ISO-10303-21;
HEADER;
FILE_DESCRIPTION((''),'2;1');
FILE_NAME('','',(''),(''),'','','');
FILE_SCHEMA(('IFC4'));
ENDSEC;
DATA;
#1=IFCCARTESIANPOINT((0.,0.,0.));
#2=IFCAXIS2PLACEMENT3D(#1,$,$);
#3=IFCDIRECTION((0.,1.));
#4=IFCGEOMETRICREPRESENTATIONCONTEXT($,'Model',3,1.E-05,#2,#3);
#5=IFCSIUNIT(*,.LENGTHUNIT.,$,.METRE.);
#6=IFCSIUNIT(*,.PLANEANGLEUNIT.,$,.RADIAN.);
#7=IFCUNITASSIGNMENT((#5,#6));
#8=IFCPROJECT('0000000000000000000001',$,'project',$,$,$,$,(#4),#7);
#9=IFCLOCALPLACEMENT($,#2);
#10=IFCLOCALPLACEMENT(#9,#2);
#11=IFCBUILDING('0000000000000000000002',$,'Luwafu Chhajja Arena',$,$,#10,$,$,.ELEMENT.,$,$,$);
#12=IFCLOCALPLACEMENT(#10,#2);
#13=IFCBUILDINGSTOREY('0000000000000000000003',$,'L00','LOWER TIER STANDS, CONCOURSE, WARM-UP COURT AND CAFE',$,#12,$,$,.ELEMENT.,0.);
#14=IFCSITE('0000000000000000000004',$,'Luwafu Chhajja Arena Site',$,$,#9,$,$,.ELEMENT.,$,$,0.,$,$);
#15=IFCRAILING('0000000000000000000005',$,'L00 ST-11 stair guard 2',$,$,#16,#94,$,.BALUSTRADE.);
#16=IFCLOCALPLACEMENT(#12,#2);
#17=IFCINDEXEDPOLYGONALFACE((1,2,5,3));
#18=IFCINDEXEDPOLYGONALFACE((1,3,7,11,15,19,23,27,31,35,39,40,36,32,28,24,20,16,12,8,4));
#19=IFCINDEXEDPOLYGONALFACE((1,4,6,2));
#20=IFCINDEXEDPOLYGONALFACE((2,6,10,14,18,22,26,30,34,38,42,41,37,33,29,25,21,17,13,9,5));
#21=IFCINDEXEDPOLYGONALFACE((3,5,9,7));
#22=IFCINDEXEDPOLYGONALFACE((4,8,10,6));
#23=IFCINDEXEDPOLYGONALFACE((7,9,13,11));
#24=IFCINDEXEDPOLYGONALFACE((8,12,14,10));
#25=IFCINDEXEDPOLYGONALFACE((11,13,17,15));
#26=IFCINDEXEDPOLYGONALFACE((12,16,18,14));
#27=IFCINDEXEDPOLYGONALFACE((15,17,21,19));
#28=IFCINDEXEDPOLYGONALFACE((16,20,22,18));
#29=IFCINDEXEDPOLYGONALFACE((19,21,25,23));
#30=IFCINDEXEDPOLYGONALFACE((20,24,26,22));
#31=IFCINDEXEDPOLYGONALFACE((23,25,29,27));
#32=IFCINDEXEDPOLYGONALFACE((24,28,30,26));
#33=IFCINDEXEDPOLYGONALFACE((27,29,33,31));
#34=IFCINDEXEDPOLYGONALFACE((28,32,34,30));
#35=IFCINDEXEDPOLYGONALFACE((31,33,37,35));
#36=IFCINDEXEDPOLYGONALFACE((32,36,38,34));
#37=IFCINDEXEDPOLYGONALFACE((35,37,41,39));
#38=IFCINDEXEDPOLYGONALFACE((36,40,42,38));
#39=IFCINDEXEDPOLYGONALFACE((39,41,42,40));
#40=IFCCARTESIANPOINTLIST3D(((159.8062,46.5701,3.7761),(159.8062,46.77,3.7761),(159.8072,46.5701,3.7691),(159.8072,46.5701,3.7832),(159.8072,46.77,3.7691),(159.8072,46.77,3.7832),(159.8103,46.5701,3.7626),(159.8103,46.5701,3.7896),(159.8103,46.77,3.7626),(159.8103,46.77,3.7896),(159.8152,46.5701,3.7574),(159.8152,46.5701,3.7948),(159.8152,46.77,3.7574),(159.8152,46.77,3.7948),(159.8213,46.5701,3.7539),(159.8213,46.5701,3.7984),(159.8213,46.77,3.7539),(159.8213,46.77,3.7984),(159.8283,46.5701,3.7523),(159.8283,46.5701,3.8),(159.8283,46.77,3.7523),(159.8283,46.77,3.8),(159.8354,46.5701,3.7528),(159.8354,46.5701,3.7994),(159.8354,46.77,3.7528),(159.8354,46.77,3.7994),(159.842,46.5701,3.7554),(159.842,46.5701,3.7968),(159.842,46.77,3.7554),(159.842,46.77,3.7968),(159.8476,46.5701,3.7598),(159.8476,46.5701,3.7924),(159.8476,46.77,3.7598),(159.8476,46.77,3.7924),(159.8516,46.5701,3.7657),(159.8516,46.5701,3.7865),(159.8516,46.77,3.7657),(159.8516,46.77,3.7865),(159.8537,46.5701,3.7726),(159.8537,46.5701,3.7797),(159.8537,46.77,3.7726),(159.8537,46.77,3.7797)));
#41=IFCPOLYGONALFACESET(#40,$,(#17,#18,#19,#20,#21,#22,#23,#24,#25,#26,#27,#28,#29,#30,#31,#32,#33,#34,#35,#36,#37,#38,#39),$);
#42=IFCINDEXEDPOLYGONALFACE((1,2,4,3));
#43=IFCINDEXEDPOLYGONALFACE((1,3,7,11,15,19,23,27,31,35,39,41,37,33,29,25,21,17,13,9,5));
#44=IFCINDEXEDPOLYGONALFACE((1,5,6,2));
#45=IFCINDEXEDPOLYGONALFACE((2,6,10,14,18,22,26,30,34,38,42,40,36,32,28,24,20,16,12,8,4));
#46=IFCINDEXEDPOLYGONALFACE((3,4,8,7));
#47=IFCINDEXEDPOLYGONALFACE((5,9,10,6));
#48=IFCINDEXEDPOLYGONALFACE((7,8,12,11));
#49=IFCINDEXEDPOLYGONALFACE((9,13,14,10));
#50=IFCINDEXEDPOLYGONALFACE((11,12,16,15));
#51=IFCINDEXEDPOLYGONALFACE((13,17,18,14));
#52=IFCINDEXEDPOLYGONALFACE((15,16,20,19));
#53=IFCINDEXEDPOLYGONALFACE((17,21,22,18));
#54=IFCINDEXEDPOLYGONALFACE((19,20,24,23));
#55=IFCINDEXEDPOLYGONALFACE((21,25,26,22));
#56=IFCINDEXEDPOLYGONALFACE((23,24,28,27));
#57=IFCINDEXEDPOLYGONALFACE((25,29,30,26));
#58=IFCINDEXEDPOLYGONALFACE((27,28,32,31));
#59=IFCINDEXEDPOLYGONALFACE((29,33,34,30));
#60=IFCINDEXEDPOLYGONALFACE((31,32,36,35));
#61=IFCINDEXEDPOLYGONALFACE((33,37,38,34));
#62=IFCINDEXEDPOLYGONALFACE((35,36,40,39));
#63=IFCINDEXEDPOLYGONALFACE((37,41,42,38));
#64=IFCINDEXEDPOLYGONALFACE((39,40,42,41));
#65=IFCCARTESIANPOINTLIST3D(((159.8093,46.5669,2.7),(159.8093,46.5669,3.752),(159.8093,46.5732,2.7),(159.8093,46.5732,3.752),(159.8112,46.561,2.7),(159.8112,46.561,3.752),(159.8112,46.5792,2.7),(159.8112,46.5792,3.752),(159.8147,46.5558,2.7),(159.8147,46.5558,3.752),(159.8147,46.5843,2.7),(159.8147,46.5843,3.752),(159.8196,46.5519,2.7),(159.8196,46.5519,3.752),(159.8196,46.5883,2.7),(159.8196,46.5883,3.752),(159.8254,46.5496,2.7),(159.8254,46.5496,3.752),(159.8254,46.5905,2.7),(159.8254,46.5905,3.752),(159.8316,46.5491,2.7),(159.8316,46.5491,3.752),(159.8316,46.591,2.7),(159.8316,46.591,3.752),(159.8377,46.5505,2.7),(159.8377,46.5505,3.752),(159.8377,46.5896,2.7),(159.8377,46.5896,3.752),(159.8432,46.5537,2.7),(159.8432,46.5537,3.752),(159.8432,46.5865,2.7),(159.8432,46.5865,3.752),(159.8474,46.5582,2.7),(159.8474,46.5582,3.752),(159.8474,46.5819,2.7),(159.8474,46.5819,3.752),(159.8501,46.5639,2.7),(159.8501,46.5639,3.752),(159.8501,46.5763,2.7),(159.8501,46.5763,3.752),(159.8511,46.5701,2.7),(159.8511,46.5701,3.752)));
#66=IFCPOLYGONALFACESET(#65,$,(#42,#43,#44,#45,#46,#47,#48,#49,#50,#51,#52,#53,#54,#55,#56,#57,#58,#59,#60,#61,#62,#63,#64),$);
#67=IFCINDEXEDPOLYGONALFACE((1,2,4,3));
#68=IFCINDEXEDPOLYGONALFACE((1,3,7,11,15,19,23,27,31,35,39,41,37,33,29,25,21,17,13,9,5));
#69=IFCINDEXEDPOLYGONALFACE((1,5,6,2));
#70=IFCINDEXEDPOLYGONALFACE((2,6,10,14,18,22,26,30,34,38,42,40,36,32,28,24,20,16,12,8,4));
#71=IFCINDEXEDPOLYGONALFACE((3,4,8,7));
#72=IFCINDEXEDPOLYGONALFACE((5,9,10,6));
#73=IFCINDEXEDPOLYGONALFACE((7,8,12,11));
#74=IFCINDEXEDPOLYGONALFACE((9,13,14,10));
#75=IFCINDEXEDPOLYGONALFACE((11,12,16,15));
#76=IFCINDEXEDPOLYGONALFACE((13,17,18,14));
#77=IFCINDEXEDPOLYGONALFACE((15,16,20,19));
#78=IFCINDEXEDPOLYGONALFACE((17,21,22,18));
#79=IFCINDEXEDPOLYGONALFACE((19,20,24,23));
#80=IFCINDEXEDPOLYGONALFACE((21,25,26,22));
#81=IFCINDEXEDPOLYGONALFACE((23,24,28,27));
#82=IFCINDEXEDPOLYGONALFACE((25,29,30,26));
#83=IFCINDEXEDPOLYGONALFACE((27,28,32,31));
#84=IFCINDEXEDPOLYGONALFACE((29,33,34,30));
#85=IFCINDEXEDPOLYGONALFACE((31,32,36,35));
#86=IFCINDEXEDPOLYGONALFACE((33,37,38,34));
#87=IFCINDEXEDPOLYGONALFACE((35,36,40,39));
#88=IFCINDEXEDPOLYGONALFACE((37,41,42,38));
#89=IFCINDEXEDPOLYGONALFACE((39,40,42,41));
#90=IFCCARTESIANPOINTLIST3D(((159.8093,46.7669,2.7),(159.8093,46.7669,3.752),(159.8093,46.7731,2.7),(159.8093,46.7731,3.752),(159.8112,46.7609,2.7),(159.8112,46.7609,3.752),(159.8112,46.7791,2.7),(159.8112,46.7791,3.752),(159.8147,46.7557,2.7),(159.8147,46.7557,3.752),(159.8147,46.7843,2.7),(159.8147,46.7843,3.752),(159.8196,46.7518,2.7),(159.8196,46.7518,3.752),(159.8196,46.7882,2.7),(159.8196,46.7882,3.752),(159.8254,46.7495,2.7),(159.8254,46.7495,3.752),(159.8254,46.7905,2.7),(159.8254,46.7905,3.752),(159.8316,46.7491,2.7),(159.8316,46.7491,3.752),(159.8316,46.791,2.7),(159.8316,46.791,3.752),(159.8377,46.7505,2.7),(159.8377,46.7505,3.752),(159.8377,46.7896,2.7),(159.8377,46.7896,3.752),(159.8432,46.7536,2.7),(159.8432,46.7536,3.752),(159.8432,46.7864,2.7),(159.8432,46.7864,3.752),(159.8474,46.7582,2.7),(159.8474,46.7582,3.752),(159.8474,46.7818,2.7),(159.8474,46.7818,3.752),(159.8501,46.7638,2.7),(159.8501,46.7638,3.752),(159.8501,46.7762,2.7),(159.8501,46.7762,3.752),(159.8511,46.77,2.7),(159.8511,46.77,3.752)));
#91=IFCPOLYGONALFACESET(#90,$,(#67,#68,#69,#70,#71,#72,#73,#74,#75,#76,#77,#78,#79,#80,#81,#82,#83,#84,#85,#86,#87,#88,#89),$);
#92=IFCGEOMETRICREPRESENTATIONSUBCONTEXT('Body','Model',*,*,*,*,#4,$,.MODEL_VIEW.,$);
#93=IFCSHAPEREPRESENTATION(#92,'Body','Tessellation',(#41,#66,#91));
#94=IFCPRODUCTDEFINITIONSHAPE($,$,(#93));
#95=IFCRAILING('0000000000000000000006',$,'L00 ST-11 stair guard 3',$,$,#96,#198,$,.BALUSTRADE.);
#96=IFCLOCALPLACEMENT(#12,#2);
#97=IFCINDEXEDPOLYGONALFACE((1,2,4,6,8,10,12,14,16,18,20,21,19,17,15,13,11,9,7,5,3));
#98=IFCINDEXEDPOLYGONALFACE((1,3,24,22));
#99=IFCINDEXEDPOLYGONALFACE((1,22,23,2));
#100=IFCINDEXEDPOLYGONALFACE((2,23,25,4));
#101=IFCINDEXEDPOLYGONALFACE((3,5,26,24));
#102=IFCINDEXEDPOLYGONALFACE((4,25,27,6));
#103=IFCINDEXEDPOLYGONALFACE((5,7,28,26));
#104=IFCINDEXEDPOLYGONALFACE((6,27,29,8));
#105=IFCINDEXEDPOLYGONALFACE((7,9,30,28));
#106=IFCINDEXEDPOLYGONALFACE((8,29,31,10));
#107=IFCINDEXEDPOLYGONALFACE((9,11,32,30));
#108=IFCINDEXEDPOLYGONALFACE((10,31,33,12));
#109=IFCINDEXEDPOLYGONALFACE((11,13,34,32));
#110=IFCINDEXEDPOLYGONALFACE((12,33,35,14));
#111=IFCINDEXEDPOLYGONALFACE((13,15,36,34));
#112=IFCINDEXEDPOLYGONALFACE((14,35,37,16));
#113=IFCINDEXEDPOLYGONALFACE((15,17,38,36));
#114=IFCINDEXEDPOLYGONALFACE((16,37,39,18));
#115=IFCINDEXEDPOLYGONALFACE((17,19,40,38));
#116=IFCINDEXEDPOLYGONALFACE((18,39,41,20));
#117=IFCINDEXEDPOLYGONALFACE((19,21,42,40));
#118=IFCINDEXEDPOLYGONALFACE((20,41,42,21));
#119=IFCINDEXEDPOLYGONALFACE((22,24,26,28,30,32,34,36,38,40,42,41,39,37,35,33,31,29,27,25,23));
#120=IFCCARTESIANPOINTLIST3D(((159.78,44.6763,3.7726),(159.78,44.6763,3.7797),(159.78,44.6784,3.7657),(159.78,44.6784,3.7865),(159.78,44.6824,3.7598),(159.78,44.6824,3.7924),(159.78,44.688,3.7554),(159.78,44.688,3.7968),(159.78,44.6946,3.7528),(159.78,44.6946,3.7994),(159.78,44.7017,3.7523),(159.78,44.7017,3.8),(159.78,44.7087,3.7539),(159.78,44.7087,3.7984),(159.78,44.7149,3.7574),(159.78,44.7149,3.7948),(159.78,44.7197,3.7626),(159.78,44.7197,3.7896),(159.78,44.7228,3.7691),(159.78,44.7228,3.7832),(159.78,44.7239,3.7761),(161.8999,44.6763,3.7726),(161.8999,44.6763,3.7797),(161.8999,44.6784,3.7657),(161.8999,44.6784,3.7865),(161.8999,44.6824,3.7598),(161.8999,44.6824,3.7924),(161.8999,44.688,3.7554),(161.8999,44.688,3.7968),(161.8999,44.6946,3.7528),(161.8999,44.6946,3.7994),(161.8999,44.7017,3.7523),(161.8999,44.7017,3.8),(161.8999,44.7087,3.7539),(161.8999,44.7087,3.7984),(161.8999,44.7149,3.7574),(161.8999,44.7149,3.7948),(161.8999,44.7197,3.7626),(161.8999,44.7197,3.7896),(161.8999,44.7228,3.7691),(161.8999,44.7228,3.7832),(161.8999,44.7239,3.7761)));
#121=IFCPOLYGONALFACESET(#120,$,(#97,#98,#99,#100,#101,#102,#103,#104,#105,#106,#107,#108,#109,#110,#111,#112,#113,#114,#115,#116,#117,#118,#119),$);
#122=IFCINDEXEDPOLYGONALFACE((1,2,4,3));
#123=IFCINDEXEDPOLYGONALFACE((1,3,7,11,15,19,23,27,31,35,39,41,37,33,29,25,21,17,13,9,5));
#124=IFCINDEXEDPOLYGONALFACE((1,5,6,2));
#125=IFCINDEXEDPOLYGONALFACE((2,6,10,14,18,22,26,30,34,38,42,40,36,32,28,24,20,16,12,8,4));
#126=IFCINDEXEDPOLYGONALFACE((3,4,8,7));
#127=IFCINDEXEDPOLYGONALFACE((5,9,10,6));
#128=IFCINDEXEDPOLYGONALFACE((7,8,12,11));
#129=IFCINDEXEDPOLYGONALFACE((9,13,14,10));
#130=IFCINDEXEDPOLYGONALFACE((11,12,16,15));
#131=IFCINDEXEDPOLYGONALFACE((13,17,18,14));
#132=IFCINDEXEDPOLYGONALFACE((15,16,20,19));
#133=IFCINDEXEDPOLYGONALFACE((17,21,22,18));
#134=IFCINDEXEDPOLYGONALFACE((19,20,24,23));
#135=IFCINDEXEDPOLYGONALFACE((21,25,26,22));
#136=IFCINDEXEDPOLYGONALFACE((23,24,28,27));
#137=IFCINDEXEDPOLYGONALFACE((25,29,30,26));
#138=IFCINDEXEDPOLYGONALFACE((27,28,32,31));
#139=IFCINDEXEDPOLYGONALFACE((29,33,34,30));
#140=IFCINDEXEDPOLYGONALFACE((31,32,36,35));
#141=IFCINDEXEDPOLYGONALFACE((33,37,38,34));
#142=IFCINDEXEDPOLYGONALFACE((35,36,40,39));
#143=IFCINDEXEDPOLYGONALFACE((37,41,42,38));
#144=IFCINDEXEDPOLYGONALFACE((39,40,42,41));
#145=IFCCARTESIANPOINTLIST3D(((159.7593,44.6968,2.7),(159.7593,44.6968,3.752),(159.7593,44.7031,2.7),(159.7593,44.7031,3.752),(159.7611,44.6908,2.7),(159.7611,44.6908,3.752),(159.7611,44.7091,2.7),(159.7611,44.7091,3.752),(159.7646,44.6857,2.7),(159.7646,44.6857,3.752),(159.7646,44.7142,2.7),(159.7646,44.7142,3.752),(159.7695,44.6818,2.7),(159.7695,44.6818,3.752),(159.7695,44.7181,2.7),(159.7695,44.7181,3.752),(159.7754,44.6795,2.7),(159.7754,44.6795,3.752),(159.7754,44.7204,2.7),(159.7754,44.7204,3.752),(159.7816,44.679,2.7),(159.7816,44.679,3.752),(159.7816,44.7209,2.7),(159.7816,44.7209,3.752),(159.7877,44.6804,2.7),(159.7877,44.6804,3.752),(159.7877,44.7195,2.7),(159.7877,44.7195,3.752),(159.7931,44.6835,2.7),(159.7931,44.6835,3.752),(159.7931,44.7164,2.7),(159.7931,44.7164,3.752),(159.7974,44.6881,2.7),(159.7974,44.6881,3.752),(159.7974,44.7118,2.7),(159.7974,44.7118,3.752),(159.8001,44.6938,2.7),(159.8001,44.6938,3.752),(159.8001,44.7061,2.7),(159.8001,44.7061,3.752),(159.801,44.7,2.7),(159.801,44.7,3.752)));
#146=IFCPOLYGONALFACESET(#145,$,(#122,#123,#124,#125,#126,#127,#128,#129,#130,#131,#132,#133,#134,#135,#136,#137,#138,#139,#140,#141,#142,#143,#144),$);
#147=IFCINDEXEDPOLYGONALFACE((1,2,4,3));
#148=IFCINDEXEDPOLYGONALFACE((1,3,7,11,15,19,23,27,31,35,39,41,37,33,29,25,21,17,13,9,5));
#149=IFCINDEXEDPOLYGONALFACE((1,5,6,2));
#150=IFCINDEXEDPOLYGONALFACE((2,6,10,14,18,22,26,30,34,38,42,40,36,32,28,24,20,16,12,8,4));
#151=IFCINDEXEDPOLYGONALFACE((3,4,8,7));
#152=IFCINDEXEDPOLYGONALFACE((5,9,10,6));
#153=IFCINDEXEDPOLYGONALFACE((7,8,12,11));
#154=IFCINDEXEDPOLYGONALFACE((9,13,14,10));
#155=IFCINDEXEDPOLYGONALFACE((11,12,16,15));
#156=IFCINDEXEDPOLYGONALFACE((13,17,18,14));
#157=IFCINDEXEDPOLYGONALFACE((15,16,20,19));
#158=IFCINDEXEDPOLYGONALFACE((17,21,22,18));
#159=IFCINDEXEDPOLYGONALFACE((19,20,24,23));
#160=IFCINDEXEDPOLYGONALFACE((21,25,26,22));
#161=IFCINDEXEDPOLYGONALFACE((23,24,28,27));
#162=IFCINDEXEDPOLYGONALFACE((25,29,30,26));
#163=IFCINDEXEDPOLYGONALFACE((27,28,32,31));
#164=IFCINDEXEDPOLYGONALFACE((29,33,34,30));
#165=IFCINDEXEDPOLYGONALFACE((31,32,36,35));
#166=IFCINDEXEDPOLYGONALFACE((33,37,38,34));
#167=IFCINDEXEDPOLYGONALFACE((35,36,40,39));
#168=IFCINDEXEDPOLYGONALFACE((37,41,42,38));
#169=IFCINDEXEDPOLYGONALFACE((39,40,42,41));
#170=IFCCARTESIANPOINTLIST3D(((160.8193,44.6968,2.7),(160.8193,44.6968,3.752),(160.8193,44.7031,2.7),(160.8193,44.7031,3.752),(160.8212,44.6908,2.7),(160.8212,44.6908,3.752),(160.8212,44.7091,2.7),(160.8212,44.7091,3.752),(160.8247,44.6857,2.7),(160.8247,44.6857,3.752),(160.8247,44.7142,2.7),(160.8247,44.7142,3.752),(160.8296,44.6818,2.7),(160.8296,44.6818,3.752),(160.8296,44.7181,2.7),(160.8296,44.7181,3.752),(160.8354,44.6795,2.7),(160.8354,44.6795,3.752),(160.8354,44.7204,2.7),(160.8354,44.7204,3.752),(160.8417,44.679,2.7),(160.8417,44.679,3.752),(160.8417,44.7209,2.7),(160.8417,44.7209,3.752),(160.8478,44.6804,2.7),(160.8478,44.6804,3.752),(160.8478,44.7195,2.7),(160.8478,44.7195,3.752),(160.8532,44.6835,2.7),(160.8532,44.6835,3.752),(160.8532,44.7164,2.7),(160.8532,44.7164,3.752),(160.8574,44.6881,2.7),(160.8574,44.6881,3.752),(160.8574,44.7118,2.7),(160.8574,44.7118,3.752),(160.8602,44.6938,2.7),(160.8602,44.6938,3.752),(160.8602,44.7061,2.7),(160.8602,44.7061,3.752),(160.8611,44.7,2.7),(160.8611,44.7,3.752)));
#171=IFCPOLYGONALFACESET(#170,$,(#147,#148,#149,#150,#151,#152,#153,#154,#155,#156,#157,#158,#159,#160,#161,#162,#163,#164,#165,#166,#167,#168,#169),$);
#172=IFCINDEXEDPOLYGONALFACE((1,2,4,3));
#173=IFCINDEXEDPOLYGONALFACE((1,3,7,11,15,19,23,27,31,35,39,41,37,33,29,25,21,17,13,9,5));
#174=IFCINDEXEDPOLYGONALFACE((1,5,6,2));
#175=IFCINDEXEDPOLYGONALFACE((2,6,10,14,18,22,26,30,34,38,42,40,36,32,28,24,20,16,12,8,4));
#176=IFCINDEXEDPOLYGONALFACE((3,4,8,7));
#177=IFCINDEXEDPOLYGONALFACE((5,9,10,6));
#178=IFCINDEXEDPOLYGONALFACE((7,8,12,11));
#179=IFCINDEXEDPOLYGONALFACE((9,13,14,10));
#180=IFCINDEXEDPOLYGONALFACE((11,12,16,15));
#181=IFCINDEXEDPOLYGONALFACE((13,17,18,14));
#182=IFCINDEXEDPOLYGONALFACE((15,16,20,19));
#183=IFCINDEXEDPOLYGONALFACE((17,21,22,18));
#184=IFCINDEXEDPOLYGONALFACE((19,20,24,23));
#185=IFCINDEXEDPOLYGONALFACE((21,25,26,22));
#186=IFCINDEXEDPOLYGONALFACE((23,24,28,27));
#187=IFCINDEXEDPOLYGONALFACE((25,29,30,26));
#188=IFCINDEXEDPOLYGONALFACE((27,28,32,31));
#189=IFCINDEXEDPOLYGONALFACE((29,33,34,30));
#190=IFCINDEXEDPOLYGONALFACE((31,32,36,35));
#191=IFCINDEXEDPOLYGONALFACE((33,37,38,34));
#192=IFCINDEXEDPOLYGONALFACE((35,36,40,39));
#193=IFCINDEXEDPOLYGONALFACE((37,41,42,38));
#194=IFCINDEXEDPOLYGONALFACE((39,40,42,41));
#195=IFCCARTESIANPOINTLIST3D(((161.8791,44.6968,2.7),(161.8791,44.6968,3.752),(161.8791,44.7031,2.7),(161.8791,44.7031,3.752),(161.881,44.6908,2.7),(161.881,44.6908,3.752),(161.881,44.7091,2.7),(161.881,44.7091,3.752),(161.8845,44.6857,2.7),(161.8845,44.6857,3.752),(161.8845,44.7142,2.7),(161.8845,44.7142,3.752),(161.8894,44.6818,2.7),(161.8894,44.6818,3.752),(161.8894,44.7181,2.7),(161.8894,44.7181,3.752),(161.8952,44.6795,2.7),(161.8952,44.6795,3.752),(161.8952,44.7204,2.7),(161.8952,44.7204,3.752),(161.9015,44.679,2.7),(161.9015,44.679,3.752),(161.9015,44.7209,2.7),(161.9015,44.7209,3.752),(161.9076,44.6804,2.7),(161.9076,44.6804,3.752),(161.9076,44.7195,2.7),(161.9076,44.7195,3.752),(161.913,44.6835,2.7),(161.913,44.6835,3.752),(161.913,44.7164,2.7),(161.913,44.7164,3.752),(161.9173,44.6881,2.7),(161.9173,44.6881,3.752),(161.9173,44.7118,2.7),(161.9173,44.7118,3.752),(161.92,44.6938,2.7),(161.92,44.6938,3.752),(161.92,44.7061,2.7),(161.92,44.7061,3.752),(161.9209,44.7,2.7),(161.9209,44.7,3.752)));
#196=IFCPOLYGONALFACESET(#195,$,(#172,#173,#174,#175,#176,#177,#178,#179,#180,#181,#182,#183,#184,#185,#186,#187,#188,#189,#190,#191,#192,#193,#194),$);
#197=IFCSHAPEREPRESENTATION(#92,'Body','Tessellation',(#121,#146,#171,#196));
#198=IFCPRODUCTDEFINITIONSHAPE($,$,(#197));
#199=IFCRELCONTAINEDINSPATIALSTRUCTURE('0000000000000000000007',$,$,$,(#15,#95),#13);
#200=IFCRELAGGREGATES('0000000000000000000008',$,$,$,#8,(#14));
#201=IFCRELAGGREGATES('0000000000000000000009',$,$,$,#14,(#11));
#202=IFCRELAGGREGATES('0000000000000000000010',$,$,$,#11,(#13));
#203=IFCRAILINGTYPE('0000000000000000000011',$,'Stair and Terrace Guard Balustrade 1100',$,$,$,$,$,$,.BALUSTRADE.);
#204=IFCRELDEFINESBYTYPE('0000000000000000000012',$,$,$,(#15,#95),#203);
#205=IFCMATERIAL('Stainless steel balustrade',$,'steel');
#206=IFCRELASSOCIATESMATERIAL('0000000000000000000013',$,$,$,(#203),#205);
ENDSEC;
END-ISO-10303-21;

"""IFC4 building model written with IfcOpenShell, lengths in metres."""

from ifc_helpers import new_model, si_unit, direction, frame, origin, origin_2d, place, context, subcontext, project, spatial, circle, extrude, material, type_object, element, save


model = new_model("IFC4")

# Units and contexts
model_context = context("Model", 3, precision=1e-05, world=origin(), true_north=direction((0.0, 1.0)))
body_context = subcontext(model_context, "Body", "Model", "MODEL_VIEW")
ifc_project = project(units=[si_unit("LENGTHUNIT", "METRE"), si_unit("PLANEANGLEUNIT", "RADIAN")], contexts=[model_context])

# Site, building, storey
site_placement = place(None, origin())
site = spatial("IfcSite", under=ifc_project, at=site_placement, Name="Luwafu Chhajja Arena Site", CompositionType="ELEMENT", RefElevation=0.0)
building_placement = place(site_placement, origin())
building = spatial("IfcBuilding", under=site, at=building_placement, Name="Luwafu Chhajja Arena", CompositionType="ELEMENT")
storey_placement = place(building_placement, origin())
storey = spatial("IfcBuildingStorey", under=building, at=storey_placement, Name="L00", Description="LOWER TIER STANDS, CONCOURSE, WARM-UP COURT AND CAFE", CompositionType="ELEMENT", Elevation=0.0)

# Railings
ifc_material_1 = material(Name="Stainless steel balustrade", Category="steel")
railing_type_1 = type_object("IfcRailingType", Name="Stair and Terrace Guard Balustrade 1100", PredefinedType="BALUSTRADE", material=ifc_material_1)
railing_1_placement = place(storey_placement, frame((159.8301, 46.5701, 2.7)))
element("IfcRailing", 1, at=railing_1_placement, inside=storey, type_object=railing_type_1, Name="L00 ST-11 stair guard 2", PredefinedType="BALUSTRADE", context=body_context, shape_type="SweptSolid", body=[
    extrude(circle(Radius=0.0239, at=origin_2d()), frame((0.0, 0.0, 1.0762), z_axis=(0.0, 1.0, 0.0), x_axis=(-1.0, 0.0, 0.0)), (0.0, 0.0, 1.0), 0.2),
    extrude(circle(Radius=0.021, at=origin_2d()), origin(), (0.0, 0.0, 1.0), 1.052),
    extrude(circle(Radius=0.021, at=origin_2d()), frame((0.0, 0.2, 0.0)), (0.0, 0.0, 1.0), 1.052),
])
for number, where, name in (
    (2, (159.78, 44.7, 2.7), "L00 ST-11 stair guard 3"),
):
    element("IfcRailing", number, at=place(storey_placement, frame(where)), inside=storey, type_object=railing_type_1, Name=name, PredefinedType="BALUSTRADE", context=body_context, shape_type="SweptSolid", body=[
        extrude(circle(Radius=0.0239, at=origin_2d()), frame((0.0, 0.0, 1.0762), z_axis=(1.0, 0.0, 0.0), x_axis=(0.0, 1.0, 0.0)), (0.0, 0.0, 1.0), 2.1199),
        extrude(circle(Radius=0.021, at=origin_2d()), origin(), (0.0, 0.0, 1.0), 1.052),
        extrude(circle(Radius=0.021, at=origin_2d()), frame((1.0601, 0.0, 0.0)), (0.0, 0.0, 1.0), 1.052),
        extrude(circle(Radius=0.021, at=origin_2d()), frame((2.1199, 0.0, 0.0)), (0.0, 0.0, 1.0), 1.052),
    ])

save(model, "model.ifc")
